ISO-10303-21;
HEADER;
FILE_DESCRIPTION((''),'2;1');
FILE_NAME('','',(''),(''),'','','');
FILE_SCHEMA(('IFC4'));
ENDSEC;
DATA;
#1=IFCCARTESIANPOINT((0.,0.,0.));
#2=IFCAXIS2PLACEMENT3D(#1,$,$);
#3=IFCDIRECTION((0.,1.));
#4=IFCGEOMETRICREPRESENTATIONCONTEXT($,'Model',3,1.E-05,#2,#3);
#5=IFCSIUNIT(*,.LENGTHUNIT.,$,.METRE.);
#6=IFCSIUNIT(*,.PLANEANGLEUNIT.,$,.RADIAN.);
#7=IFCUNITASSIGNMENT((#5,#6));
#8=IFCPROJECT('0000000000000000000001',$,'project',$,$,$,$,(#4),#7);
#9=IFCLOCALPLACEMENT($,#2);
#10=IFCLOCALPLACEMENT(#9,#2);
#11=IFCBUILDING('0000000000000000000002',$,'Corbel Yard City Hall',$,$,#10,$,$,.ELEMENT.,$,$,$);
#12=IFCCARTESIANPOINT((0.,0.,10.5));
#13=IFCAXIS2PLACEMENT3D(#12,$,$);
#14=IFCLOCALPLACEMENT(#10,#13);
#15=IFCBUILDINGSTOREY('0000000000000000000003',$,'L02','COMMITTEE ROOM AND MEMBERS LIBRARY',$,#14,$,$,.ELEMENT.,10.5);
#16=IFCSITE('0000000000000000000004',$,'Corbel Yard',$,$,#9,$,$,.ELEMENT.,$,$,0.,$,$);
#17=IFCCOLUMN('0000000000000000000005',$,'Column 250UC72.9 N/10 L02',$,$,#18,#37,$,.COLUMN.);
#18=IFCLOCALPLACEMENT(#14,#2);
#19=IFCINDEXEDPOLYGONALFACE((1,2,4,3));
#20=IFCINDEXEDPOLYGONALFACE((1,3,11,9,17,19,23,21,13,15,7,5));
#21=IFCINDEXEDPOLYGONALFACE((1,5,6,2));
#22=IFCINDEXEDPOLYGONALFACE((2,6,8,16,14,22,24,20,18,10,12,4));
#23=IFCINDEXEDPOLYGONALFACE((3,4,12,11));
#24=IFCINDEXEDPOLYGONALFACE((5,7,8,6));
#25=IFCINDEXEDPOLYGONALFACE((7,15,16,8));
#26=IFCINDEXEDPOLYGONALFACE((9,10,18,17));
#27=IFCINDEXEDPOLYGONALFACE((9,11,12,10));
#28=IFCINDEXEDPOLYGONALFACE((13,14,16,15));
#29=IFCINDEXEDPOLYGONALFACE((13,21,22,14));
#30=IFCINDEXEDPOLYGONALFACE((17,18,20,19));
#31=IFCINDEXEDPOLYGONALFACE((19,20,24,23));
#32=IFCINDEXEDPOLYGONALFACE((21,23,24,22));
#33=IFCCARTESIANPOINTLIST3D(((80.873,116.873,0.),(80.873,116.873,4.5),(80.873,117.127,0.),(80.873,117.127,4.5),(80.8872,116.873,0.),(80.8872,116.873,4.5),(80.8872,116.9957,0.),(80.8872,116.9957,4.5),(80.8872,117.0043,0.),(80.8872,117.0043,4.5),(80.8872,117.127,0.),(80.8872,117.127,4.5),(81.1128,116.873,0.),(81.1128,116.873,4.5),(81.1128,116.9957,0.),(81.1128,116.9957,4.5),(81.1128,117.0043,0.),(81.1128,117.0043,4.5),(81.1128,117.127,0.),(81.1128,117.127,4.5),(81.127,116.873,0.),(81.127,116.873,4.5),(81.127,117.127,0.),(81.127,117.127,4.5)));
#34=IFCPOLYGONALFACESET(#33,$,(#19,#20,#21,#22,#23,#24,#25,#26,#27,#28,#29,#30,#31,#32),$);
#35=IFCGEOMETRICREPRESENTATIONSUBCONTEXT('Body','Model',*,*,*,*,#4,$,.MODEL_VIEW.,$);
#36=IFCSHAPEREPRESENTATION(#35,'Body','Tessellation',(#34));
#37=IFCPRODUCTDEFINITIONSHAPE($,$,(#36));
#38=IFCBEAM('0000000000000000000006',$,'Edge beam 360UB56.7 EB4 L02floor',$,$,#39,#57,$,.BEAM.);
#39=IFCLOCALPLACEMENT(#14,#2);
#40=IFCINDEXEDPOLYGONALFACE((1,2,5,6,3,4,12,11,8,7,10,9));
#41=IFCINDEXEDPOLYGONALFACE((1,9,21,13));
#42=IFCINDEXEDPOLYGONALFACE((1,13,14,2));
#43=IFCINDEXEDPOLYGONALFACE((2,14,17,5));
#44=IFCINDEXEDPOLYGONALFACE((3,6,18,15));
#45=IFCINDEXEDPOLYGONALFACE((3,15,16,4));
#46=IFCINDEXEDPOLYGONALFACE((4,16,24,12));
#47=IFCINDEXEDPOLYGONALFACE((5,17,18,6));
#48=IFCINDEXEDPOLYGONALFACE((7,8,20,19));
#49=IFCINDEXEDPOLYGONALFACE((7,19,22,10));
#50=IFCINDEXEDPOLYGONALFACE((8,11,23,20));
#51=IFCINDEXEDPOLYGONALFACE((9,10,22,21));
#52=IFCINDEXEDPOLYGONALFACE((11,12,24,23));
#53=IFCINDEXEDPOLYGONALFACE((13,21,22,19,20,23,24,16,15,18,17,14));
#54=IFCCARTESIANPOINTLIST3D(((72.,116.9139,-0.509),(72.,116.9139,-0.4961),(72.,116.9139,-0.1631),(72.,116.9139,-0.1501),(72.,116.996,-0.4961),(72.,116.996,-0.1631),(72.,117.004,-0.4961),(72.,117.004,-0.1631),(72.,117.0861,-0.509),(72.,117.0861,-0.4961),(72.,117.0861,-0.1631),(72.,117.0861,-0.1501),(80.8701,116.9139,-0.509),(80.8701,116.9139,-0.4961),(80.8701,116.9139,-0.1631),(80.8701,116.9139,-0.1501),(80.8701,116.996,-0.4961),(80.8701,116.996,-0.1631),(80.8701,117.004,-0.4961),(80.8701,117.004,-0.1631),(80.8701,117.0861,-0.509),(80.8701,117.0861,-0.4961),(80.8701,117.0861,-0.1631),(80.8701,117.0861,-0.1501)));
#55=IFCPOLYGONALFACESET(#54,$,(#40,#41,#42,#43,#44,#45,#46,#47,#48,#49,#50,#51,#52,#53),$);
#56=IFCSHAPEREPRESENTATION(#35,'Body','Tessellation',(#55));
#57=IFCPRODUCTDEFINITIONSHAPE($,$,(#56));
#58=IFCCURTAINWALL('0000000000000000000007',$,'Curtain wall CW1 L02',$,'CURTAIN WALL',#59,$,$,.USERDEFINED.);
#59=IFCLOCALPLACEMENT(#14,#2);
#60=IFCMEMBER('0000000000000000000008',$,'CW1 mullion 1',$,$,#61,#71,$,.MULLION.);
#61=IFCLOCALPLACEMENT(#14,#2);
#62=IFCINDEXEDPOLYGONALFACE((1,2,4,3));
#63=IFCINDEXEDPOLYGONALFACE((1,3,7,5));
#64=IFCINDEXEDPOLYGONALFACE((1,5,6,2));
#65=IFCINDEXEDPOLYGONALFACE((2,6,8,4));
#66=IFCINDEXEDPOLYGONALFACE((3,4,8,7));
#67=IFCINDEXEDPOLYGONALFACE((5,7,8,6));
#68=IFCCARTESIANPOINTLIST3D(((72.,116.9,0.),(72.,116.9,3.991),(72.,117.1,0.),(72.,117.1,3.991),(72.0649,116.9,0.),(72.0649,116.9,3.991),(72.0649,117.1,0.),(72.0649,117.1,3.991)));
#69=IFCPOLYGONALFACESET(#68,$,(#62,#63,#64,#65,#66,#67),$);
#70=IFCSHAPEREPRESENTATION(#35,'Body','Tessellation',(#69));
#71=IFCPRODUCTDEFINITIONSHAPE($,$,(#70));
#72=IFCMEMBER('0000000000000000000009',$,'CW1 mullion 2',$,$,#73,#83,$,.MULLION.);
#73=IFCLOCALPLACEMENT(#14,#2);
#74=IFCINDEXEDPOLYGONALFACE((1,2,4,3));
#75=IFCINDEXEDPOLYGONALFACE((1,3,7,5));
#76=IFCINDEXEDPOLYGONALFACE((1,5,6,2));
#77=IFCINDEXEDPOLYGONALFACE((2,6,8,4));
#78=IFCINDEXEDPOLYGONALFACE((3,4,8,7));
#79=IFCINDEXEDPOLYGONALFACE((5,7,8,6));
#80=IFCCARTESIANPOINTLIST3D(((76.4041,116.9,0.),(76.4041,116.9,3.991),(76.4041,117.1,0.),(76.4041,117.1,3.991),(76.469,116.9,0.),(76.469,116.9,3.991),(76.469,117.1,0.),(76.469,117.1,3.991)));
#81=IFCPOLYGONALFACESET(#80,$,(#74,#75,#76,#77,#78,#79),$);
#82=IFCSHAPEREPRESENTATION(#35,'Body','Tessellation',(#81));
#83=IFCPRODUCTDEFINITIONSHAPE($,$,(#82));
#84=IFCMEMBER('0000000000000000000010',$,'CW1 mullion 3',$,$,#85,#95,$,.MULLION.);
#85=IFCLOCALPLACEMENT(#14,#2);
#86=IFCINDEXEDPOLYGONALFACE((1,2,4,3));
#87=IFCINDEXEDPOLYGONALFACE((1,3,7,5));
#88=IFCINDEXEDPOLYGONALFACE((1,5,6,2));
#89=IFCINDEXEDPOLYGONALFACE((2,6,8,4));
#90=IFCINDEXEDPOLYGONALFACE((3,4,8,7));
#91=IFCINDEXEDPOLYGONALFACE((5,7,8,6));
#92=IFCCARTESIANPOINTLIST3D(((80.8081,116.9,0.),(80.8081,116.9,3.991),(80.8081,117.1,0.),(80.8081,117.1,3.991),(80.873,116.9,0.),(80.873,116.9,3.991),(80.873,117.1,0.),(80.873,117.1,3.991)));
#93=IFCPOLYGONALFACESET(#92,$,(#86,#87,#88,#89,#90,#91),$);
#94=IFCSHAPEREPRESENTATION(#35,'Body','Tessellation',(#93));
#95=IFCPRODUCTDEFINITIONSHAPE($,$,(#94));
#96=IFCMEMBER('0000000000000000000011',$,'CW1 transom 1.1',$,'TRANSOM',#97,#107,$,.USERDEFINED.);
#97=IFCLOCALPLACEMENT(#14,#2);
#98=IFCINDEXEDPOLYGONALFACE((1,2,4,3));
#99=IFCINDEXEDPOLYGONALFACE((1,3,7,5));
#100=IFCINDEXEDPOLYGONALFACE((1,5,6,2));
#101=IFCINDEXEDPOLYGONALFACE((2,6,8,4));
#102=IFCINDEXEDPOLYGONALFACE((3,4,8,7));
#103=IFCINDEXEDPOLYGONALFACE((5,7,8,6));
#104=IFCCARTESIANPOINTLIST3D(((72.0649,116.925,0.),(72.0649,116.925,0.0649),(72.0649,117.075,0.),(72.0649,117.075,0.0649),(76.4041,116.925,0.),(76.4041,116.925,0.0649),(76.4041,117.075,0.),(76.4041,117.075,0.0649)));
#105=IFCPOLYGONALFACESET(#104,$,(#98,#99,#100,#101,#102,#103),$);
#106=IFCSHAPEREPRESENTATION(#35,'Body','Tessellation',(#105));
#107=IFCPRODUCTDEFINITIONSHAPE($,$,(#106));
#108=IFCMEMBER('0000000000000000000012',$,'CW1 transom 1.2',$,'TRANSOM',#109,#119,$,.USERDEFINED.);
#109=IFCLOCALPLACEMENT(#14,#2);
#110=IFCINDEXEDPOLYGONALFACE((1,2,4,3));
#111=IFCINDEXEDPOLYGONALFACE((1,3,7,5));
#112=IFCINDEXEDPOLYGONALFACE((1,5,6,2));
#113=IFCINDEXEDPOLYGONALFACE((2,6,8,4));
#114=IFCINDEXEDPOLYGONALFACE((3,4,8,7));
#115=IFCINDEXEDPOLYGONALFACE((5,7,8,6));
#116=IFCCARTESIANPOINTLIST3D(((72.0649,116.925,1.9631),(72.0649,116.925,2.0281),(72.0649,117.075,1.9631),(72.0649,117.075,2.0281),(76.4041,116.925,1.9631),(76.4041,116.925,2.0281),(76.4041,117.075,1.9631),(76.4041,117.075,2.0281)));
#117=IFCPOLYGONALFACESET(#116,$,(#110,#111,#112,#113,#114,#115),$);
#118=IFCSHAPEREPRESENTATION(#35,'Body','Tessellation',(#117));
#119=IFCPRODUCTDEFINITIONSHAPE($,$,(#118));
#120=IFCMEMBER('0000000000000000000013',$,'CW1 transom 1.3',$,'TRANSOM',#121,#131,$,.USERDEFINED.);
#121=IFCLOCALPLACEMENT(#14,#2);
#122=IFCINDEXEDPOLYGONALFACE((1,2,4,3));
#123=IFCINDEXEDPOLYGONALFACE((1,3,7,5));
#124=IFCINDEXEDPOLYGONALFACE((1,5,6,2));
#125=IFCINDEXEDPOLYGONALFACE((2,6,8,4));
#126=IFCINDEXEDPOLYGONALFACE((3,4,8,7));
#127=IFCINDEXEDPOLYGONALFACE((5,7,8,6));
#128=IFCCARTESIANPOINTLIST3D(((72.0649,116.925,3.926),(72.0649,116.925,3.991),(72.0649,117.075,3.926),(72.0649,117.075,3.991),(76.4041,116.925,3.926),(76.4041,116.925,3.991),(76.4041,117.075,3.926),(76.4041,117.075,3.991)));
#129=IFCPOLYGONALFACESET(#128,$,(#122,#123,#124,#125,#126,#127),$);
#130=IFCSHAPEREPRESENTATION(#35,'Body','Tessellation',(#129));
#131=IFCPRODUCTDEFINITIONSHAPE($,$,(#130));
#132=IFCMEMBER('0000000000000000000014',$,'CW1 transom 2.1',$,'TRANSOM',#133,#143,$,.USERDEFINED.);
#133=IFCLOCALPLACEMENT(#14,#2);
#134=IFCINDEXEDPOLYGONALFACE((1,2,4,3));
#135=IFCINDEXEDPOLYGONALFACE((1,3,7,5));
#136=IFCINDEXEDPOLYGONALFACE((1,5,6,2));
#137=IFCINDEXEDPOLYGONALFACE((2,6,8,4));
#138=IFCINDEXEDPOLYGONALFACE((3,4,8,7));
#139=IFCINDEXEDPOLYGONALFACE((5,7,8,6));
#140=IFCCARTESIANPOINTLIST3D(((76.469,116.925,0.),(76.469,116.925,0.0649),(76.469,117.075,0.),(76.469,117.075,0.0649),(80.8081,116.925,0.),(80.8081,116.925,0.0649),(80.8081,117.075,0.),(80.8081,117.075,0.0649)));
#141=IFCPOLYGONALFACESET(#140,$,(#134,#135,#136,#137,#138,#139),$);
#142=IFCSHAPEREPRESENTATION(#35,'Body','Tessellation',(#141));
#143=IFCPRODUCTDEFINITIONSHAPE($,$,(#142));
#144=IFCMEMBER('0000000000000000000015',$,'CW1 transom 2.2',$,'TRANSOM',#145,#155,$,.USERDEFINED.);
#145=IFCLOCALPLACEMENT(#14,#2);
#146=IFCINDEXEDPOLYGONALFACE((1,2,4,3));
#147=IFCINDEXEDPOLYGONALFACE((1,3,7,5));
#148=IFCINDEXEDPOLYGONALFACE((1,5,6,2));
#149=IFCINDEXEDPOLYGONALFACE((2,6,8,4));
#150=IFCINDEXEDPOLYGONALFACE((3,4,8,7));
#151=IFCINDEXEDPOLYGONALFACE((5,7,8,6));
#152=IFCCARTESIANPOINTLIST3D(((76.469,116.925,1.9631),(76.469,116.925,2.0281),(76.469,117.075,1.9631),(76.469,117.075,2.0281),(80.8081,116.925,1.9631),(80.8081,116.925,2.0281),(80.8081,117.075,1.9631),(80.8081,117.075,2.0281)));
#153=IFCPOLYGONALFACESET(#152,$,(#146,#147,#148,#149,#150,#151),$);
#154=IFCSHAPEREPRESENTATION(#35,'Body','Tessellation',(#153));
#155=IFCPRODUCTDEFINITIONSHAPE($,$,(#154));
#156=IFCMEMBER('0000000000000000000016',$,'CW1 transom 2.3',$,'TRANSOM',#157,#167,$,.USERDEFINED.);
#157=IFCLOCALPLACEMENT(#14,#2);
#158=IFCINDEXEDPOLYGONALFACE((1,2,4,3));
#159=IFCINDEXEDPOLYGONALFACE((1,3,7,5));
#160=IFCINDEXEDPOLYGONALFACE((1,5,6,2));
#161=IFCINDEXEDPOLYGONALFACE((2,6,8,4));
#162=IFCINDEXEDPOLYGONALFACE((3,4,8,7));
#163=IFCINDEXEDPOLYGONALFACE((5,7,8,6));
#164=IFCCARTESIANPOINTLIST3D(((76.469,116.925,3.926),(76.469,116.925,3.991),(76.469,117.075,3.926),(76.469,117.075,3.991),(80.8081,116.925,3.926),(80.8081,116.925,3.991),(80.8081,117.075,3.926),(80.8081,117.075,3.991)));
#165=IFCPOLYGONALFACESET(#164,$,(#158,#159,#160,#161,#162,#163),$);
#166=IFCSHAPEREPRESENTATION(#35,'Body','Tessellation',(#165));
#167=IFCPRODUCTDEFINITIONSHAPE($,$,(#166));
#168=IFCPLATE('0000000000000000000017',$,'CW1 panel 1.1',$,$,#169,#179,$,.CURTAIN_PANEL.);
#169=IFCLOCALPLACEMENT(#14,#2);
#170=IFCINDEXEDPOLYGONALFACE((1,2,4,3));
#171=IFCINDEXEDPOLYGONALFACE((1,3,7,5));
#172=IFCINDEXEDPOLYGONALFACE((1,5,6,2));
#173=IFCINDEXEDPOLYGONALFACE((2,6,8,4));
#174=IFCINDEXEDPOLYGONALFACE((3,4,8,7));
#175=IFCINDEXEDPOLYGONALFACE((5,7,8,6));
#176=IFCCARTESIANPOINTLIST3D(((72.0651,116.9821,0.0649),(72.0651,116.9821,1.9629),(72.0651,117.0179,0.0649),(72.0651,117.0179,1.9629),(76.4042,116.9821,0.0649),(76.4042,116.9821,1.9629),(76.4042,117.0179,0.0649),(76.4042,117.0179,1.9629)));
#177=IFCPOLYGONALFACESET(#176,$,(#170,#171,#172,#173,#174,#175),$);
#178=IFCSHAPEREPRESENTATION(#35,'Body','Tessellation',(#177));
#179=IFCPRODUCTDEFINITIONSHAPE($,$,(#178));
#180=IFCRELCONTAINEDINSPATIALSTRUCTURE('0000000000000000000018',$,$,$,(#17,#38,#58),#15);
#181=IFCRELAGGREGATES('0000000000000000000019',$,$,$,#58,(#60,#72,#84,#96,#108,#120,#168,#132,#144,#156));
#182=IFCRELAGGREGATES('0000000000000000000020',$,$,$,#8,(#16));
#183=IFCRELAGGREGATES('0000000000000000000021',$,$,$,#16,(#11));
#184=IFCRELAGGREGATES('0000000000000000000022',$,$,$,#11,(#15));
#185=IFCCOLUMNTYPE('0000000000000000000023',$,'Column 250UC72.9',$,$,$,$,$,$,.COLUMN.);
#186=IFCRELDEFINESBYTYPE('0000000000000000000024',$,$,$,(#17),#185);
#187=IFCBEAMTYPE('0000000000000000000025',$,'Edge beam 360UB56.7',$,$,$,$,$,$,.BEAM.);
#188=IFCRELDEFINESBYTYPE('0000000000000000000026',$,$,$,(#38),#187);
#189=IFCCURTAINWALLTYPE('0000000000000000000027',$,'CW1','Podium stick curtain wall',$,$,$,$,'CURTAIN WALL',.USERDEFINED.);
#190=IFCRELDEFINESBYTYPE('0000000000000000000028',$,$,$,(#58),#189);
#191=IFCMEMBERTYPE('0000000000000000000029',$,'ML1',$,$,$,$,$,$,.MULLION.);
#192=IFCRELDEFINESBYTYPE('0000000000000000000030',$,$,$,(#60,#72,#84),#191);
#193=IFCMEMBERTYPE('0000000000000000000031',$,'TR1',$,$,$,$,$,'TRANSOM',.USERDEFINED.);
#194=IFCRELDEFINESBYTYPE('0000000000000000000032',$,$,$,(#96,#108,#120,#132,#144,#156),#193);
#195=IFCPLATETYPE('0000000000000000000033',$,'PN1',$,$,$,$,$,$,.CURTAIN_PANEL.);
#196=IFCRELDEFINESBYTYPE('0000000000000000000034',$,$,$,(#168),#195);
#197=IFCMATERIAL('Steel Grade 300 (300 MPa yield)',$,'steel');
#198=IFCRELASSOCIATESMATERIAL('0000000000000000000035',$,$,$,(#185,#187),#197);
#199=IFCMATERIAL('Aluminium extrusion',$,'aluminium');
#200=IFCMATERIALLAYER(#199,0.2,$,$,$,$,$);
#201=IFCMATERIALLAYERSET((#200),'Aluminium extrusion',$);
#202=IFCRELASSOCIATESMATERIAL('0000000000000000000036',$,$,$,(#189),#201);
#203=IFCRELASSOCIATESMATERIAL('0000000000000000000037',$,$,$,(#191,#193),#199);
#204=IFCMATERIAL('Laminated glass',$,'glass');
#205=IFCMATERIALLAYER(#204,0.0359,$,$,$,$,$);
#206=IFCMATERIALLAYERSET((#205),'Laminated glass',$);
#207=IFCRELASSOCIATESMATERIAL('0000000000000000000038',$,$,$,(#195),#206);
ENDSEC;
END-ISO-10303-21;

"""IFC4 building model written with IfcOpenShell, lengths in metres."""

from ifc_helpers import new_model, si_unit, direction, frame, origin, origin_2d, place, context, subcontext, project, spatial, rectangle, i_section, extrude, material, layer, layer_set, material_profile, profile_set, type_object, element, aggregate, save


model = new_model("IFC4")

# Units and contexts
model_context = context("Model", 3, precision=1e-05, world=origin(), true_north=direction((0.0, 1.0)))
body_context = subcontext(model_context, "Body", "Model", "MODEL_VIEW")
ifc_project = project(units=[si_unit("LENGTHUNIT", "METRE"), si_unit("PLANEANGLEUNIT", "RADIAN")], contexts=[model_context])

# Site, building, storey
site_placement = place(None, origin())
site = spatial("IfcSite", under=ifc_project, at=site_placement, Name="Corbel Yard", CompositionType="ELEMENT", RefElevation=0.0)
building_placement = place(site_placement, origin())
building = spatial("IfcBuilding", under=site, at=building_placement, Name="Corbel Yard City Hall", CompositionType="ELEMENT")
storey_placement = place(building_placement, frame((0.0, 0.0, 10.5)))
storey = spatial("IfcBuildingStorey", under=building, at=storey_placement, Name="L02", Description="COMMITTEE ROOM AND MEMBERS LIBRARY", CompositionType="ELEMENT", Elevation=10.5)

# Column
ifc_material_1 = material(Name="Steel Grade 300 (300 MPa yield)", Category="steel")
ifc_material_profile_1 = material_profile(ifc_material_1, i_section(OverallWidth=0.2539, OverallDepth=0.2539, WebThickness=0.0085, FlangeThickness=0.0142, at=origin_2d()), Name="250UC72.9")
ifc_profile_set_1 = profile_set([ifc_material_profile_1], Name="Steel Grade 300 (300 MPa yield)")
column_type = type_object("IfcColumnType", Name="Column 250UC72.9", PredefinedType="COLUMN", material=ifc_profile_set_1)
column_placement = place(storey_placement, frame((81.0, 117.0, 0.0), z_axis=(0.0, 0.0, 1.0), x_axis=(0.0, 1.0, 0.0)))
element("IfcColumn", 1, at=column_placement, inside=storey, type_object=column_type, Name="Column 250UC72.9 N/10 L02", PredefinedType="COLUMN", context=body_context, shape_type="SweptSolid", body=[
    extrude(i_section(OverallWidth=0.2539, OverallDepth=0.2539, WebThickness=0.0085, FlangeThickness=0.0142, at=origin_2d()), origin(), (0.0, 0.0, 1.0), 4.5),
])

# Beam
ifc_material_profile_2 = material_profile(ifc_material_1, i_section(OverallWidth=0.1721, OverallDepth=0.3589, WebThickness=0.0081, FlangeThickness=0.0129, at=origin_2d()), Name="360UB56.7")
ifc_profile_set_2 = profile_set([ifc_material_profile_2], Name="Steel Grade 300 (300 MPa yield)")
beam_type = type_object("IfcBeamType", Name="Edge beam 360UB56.7", PredefinedType="BEAM", material=ifc_profile_set_2)
beam_placement = place(storey_placement, frame((72.0, 117.0, -0.3296), z_axis=(1.0, 0.0, 0.0), x_axis=(0.0, 1.0, 0.0)))
element("IfcBeam", 2, at=beam_placement, inside=storey, type_object=beam_type, Name="Edge beam 360UB56.7 EB4 L02floor", PredefinedType="BEAM", context=body_context, shape_type="SweptSolid", body=[
    extrude(i_section(OverallWidth=0.1721, OverallDepth=0.3589, WebThickness=0.0081, FlangeThickness=0.0129, at=origin_2d()), origin(), (0.0, 0.0, 1.0), 8.8701),
])

# Curtain wall, members, plate
ifc_material_2 = material(Name="Aluminium extrusion", Category="aluminium")
ifc_layer_1 = layer(ifc_material_2, 0.2)
ifc_layer_set_1 = layer_set([ifc_layer_1], Name="Aluminium extrusion")
curtain_wall_type = type_object("IfcCurtainWallType", Name="CW1", Description="Podium stick curtain wall", ElementType="CURTAIN WALL", PredefinedType="USERDEFINED", material=ifc_layer_set_1)
curtain_wall_placement = place(storey_placement, origin())
curtain_wall = element("IfcCurtainWall", 3, at=curtain_wall_placement, inside=storey, type_object=curtain_wall_type, Name="Curtain wall CW1 L02", ObjectType="CURTAIN WALL", PredefinedType="USERDEFINED")
ifc_material_profile_3 = material_profile(ifc_material_2, rectangle(XDim=0.2, YDim=0.0649, at=origin_2d()), Name="200x65")
ifc_profile_set_3 = profile_set([ifc_material_profile_3], Name="Aluminium extrusion")
member_type_1 = type_object("IfcMemberType", Name="ML1", PredefinedType="MULLION", material=ifc_profile_set_3)
member_1_placement = place(storey_placement, frame((72.0325, 117.0, 0.0), z_axis=(0.0, 0.0, 1.0), x_axis=(0.0, 1.0, 0.0)))
member_1 = element("IfcMember", 4, at=member_1_placement, type_object=member_type_1, Name="CW1 mullion 1", PredefinedType="MULLION", context=body_context, shape_type="SweptSolid", body=[
    extrude(rectangle(XDim=0.2, YDim=0.0649, at=origin_2d()), origin(), (0.0, 0.0, 1.0), 3.991),
])
member_2_placement = place(storey_placement, frame((76.4365, 117.0, 0.0), z_axis=(0.0, 0.0, 1.0), x_axis=(0.0, 1.0, 0.0)))
member_2 = element("IfcMember", 5, at=member_2_placement, type_object=member_type_1, Name="CW1 mullion 2", PredefinedType="MULLION", context=body_context, shape_type="SweptSolid", body=[
    extrude(rectangle(XDim=0.2, YDim=0.0649, at=origin_2d()), origin(), (0.0, 0.0, 1.0), 3.991),
])
member_3_placement = place(storey_placement, frame((80.8406, 117.0, 0.0), z_axis=(0.0, 0.0, 1.0), x_axis=(0.0, 1.0, 0.0)))
member_3 = element("IfcMember", 6, at=member_3_placement, type_object=member_type_1, Name="CW1 mullion 3", PredefinedType="MULLION", context=body_context, shape_type="SweptSolid", body=[
    extrude(rectangle(XDim=0.2, YDim=0.0649, at=origin_2d()), origin(), (0.0, 0.0, 1.0), 3.991),
])
ifc_material_profile_4 = material_profile(ifc_material_2, rectangle(XDim=0.1499, YDim=0.0649, at=origin_2d()), Name="150x65")
ifc_profile_set_4 = profile_set([ifc_material_profile_4], Name="Aluminium extrusion")
member_type_2 = type_object("IfcMemberType", Name="TR1", ElementType="TRANSOM", PredefinedType="USERDEFINED", material=ifc_profile_set_4)
member_4_placement = place(storey_placement, frame((72.0649, 117.0, 0.0325), z_axis=(1.0, 0.0, 0.0), x_axis=(0.0, 1.0, 0.0)))
member_4 = element("IfcMember", 7, at=member_4_placement, type_object=member_type_2, Name="CW1 transom 1.1", ObjectType="TRANSOM", PredefinedType="USERDEFINED", context=body_context, shape_type="SweptSolid", body=[
    extrude(rectangle(XDim=0.1499, YDim=0.0649, at=origin_2d()), origin(), (0.0, 0.0, 1.0), 4.3391),
])
member_5_placement = place(storey_placement, frame((72.0649, 117.0, 1.9956), z_axis=(1.0, 0.0, 0.0), x_axis=(0.0, 1.0, 0.0)))
member_5 = element("IfcMember", 8, at=member_5_placement, type_object=member_type_2, Name="CW1 transom 1.2", ObjectType="TRANSOM", PredefinedType="USERDEFINED", context=body_context, shape_type="SweptSolid", body=[
    extrude(rectangle(XDim=0.1499, YDim=0.0649, at=origin_2d()), origin(), (0.0, 0.0, 1.0), 4.3391),
])
member_6_placement = place(storey_placement, frame((72.0649, 117.0, 3.9585), z_axis=(1.0, 0.0, 0.0), x_axis=(0.0, 1.0, 0.0)))
member_6 = element("IfcMember", 9, at=member_6_placement, type_object=member_type_2, Name="CW1 transom 1.3", ObjectType="TRANSOM", PredefinedType="USERDEFINED", context=body_context, shape_type="SweptSolid", body=[
    extrude(rectangle(XDim=0.1499, YDim=0.0649, at=origin_2d()), origin(), (0.0, 0.0, 1.0), 4.3391),
])
member_7_placement = place(storey_placement, frame((76.469, 117.0, 0.0325), z_axis=(1.0, 0.0, 0.0), x_axis=(0.0, 1.0, 0.0)))
member_7 = element("IfcMember", 10, at=member_7_placement, type_object=member_type_2, Name="CW1 transom 2.1", ObjectType="TRANSOM", PredefinedType="USERDEFINED", context=body_context, shape_type="SweptSolid", body=[
    extrude(rectangle(XDim=0.1499, YDim=0.0649, at=origin_2d()), origin(), (0.0, 0.0, 1.0), 4.3391),
])
member_8_placement = place(storey_placement, frame((76.469, 117.0, 1.9956), z_axis=(1.0, 0.0, 0.0), x_axis=(0.0, 1.0, 0.0)))
member_8 = element("IfcMember", 11, at=member_8_placement, type_object=member_type_2, Name="CW1 transom 2.2", ObjectType="TRANSOM", PredefinedType="USERDEFINED", context=body_context, shape_type="SweptSolid", body=[
    extrude(rectangle(XDim=0.1499, YDim=0.0649, at=origin_2d()), origin(), (0.0, 0.0, 1.0), 4.3391),
])
member_9_placement = place(storey_placement, frame((76.469, 117.0, 3.9585), z_axis=(1.0, 0.0, 0.0), x_axis=(0.0, 1.0, 0.0)))
member_9 = element("IfcMember", 12, at=member_9_placement, type_object=member_type_2, Name="CW1 transom 2.3", ObjectType="TRANSOM", PredefinedType="USERDEFINED", context=body_context, shape_type="SweptSolid", body=[
    extrude(rectangle(XDim=0.1499, YDim=0.0649, at=origin_2d()), origin(), (0.0, 0.0, 1.0), 4.3391),
])
ifc_material_3 = material(Name="Laminated glass", Category="glass")
ifc_layer_2 = layer(ifc_material_3, 0.0359)
ifc_layer_set_2 = layer_set([ifc_layer_2], Name="Laminated glass")
plate_type = type_object("IfcPlateType", Name="PN1", PredefinedType="CURTAIN_PANEL", material=ifc_layer_set_2)
plate_1_placement = place(storey_placement, frame((74.2346, 117.0, 0.0649), z_axis=(0.0, 0.0, 1.0), x_axis=(1.0, 0.0, 0.0)))
plate_1 = element("IfcPlate", 13, at=plate_1_placement, type_object=plate_type, Name="CW1 panel 1.1", PredefinedType="CURTAIN_PANEL", context=body_context, shape_type="SweptSolid", body=[
    extrude(rectangle(XDim=4.3391, YDim=0.0359, at=origin_2d()), origin(), (0.0, 0.0, 1.0), 1.8979),
])
aggregate(curtain_wall, [member_1, member_2, member_3, member_4, member_5, member_6, plate_1, member_7, member_8, member_9])

save(model, "model.ifc")
